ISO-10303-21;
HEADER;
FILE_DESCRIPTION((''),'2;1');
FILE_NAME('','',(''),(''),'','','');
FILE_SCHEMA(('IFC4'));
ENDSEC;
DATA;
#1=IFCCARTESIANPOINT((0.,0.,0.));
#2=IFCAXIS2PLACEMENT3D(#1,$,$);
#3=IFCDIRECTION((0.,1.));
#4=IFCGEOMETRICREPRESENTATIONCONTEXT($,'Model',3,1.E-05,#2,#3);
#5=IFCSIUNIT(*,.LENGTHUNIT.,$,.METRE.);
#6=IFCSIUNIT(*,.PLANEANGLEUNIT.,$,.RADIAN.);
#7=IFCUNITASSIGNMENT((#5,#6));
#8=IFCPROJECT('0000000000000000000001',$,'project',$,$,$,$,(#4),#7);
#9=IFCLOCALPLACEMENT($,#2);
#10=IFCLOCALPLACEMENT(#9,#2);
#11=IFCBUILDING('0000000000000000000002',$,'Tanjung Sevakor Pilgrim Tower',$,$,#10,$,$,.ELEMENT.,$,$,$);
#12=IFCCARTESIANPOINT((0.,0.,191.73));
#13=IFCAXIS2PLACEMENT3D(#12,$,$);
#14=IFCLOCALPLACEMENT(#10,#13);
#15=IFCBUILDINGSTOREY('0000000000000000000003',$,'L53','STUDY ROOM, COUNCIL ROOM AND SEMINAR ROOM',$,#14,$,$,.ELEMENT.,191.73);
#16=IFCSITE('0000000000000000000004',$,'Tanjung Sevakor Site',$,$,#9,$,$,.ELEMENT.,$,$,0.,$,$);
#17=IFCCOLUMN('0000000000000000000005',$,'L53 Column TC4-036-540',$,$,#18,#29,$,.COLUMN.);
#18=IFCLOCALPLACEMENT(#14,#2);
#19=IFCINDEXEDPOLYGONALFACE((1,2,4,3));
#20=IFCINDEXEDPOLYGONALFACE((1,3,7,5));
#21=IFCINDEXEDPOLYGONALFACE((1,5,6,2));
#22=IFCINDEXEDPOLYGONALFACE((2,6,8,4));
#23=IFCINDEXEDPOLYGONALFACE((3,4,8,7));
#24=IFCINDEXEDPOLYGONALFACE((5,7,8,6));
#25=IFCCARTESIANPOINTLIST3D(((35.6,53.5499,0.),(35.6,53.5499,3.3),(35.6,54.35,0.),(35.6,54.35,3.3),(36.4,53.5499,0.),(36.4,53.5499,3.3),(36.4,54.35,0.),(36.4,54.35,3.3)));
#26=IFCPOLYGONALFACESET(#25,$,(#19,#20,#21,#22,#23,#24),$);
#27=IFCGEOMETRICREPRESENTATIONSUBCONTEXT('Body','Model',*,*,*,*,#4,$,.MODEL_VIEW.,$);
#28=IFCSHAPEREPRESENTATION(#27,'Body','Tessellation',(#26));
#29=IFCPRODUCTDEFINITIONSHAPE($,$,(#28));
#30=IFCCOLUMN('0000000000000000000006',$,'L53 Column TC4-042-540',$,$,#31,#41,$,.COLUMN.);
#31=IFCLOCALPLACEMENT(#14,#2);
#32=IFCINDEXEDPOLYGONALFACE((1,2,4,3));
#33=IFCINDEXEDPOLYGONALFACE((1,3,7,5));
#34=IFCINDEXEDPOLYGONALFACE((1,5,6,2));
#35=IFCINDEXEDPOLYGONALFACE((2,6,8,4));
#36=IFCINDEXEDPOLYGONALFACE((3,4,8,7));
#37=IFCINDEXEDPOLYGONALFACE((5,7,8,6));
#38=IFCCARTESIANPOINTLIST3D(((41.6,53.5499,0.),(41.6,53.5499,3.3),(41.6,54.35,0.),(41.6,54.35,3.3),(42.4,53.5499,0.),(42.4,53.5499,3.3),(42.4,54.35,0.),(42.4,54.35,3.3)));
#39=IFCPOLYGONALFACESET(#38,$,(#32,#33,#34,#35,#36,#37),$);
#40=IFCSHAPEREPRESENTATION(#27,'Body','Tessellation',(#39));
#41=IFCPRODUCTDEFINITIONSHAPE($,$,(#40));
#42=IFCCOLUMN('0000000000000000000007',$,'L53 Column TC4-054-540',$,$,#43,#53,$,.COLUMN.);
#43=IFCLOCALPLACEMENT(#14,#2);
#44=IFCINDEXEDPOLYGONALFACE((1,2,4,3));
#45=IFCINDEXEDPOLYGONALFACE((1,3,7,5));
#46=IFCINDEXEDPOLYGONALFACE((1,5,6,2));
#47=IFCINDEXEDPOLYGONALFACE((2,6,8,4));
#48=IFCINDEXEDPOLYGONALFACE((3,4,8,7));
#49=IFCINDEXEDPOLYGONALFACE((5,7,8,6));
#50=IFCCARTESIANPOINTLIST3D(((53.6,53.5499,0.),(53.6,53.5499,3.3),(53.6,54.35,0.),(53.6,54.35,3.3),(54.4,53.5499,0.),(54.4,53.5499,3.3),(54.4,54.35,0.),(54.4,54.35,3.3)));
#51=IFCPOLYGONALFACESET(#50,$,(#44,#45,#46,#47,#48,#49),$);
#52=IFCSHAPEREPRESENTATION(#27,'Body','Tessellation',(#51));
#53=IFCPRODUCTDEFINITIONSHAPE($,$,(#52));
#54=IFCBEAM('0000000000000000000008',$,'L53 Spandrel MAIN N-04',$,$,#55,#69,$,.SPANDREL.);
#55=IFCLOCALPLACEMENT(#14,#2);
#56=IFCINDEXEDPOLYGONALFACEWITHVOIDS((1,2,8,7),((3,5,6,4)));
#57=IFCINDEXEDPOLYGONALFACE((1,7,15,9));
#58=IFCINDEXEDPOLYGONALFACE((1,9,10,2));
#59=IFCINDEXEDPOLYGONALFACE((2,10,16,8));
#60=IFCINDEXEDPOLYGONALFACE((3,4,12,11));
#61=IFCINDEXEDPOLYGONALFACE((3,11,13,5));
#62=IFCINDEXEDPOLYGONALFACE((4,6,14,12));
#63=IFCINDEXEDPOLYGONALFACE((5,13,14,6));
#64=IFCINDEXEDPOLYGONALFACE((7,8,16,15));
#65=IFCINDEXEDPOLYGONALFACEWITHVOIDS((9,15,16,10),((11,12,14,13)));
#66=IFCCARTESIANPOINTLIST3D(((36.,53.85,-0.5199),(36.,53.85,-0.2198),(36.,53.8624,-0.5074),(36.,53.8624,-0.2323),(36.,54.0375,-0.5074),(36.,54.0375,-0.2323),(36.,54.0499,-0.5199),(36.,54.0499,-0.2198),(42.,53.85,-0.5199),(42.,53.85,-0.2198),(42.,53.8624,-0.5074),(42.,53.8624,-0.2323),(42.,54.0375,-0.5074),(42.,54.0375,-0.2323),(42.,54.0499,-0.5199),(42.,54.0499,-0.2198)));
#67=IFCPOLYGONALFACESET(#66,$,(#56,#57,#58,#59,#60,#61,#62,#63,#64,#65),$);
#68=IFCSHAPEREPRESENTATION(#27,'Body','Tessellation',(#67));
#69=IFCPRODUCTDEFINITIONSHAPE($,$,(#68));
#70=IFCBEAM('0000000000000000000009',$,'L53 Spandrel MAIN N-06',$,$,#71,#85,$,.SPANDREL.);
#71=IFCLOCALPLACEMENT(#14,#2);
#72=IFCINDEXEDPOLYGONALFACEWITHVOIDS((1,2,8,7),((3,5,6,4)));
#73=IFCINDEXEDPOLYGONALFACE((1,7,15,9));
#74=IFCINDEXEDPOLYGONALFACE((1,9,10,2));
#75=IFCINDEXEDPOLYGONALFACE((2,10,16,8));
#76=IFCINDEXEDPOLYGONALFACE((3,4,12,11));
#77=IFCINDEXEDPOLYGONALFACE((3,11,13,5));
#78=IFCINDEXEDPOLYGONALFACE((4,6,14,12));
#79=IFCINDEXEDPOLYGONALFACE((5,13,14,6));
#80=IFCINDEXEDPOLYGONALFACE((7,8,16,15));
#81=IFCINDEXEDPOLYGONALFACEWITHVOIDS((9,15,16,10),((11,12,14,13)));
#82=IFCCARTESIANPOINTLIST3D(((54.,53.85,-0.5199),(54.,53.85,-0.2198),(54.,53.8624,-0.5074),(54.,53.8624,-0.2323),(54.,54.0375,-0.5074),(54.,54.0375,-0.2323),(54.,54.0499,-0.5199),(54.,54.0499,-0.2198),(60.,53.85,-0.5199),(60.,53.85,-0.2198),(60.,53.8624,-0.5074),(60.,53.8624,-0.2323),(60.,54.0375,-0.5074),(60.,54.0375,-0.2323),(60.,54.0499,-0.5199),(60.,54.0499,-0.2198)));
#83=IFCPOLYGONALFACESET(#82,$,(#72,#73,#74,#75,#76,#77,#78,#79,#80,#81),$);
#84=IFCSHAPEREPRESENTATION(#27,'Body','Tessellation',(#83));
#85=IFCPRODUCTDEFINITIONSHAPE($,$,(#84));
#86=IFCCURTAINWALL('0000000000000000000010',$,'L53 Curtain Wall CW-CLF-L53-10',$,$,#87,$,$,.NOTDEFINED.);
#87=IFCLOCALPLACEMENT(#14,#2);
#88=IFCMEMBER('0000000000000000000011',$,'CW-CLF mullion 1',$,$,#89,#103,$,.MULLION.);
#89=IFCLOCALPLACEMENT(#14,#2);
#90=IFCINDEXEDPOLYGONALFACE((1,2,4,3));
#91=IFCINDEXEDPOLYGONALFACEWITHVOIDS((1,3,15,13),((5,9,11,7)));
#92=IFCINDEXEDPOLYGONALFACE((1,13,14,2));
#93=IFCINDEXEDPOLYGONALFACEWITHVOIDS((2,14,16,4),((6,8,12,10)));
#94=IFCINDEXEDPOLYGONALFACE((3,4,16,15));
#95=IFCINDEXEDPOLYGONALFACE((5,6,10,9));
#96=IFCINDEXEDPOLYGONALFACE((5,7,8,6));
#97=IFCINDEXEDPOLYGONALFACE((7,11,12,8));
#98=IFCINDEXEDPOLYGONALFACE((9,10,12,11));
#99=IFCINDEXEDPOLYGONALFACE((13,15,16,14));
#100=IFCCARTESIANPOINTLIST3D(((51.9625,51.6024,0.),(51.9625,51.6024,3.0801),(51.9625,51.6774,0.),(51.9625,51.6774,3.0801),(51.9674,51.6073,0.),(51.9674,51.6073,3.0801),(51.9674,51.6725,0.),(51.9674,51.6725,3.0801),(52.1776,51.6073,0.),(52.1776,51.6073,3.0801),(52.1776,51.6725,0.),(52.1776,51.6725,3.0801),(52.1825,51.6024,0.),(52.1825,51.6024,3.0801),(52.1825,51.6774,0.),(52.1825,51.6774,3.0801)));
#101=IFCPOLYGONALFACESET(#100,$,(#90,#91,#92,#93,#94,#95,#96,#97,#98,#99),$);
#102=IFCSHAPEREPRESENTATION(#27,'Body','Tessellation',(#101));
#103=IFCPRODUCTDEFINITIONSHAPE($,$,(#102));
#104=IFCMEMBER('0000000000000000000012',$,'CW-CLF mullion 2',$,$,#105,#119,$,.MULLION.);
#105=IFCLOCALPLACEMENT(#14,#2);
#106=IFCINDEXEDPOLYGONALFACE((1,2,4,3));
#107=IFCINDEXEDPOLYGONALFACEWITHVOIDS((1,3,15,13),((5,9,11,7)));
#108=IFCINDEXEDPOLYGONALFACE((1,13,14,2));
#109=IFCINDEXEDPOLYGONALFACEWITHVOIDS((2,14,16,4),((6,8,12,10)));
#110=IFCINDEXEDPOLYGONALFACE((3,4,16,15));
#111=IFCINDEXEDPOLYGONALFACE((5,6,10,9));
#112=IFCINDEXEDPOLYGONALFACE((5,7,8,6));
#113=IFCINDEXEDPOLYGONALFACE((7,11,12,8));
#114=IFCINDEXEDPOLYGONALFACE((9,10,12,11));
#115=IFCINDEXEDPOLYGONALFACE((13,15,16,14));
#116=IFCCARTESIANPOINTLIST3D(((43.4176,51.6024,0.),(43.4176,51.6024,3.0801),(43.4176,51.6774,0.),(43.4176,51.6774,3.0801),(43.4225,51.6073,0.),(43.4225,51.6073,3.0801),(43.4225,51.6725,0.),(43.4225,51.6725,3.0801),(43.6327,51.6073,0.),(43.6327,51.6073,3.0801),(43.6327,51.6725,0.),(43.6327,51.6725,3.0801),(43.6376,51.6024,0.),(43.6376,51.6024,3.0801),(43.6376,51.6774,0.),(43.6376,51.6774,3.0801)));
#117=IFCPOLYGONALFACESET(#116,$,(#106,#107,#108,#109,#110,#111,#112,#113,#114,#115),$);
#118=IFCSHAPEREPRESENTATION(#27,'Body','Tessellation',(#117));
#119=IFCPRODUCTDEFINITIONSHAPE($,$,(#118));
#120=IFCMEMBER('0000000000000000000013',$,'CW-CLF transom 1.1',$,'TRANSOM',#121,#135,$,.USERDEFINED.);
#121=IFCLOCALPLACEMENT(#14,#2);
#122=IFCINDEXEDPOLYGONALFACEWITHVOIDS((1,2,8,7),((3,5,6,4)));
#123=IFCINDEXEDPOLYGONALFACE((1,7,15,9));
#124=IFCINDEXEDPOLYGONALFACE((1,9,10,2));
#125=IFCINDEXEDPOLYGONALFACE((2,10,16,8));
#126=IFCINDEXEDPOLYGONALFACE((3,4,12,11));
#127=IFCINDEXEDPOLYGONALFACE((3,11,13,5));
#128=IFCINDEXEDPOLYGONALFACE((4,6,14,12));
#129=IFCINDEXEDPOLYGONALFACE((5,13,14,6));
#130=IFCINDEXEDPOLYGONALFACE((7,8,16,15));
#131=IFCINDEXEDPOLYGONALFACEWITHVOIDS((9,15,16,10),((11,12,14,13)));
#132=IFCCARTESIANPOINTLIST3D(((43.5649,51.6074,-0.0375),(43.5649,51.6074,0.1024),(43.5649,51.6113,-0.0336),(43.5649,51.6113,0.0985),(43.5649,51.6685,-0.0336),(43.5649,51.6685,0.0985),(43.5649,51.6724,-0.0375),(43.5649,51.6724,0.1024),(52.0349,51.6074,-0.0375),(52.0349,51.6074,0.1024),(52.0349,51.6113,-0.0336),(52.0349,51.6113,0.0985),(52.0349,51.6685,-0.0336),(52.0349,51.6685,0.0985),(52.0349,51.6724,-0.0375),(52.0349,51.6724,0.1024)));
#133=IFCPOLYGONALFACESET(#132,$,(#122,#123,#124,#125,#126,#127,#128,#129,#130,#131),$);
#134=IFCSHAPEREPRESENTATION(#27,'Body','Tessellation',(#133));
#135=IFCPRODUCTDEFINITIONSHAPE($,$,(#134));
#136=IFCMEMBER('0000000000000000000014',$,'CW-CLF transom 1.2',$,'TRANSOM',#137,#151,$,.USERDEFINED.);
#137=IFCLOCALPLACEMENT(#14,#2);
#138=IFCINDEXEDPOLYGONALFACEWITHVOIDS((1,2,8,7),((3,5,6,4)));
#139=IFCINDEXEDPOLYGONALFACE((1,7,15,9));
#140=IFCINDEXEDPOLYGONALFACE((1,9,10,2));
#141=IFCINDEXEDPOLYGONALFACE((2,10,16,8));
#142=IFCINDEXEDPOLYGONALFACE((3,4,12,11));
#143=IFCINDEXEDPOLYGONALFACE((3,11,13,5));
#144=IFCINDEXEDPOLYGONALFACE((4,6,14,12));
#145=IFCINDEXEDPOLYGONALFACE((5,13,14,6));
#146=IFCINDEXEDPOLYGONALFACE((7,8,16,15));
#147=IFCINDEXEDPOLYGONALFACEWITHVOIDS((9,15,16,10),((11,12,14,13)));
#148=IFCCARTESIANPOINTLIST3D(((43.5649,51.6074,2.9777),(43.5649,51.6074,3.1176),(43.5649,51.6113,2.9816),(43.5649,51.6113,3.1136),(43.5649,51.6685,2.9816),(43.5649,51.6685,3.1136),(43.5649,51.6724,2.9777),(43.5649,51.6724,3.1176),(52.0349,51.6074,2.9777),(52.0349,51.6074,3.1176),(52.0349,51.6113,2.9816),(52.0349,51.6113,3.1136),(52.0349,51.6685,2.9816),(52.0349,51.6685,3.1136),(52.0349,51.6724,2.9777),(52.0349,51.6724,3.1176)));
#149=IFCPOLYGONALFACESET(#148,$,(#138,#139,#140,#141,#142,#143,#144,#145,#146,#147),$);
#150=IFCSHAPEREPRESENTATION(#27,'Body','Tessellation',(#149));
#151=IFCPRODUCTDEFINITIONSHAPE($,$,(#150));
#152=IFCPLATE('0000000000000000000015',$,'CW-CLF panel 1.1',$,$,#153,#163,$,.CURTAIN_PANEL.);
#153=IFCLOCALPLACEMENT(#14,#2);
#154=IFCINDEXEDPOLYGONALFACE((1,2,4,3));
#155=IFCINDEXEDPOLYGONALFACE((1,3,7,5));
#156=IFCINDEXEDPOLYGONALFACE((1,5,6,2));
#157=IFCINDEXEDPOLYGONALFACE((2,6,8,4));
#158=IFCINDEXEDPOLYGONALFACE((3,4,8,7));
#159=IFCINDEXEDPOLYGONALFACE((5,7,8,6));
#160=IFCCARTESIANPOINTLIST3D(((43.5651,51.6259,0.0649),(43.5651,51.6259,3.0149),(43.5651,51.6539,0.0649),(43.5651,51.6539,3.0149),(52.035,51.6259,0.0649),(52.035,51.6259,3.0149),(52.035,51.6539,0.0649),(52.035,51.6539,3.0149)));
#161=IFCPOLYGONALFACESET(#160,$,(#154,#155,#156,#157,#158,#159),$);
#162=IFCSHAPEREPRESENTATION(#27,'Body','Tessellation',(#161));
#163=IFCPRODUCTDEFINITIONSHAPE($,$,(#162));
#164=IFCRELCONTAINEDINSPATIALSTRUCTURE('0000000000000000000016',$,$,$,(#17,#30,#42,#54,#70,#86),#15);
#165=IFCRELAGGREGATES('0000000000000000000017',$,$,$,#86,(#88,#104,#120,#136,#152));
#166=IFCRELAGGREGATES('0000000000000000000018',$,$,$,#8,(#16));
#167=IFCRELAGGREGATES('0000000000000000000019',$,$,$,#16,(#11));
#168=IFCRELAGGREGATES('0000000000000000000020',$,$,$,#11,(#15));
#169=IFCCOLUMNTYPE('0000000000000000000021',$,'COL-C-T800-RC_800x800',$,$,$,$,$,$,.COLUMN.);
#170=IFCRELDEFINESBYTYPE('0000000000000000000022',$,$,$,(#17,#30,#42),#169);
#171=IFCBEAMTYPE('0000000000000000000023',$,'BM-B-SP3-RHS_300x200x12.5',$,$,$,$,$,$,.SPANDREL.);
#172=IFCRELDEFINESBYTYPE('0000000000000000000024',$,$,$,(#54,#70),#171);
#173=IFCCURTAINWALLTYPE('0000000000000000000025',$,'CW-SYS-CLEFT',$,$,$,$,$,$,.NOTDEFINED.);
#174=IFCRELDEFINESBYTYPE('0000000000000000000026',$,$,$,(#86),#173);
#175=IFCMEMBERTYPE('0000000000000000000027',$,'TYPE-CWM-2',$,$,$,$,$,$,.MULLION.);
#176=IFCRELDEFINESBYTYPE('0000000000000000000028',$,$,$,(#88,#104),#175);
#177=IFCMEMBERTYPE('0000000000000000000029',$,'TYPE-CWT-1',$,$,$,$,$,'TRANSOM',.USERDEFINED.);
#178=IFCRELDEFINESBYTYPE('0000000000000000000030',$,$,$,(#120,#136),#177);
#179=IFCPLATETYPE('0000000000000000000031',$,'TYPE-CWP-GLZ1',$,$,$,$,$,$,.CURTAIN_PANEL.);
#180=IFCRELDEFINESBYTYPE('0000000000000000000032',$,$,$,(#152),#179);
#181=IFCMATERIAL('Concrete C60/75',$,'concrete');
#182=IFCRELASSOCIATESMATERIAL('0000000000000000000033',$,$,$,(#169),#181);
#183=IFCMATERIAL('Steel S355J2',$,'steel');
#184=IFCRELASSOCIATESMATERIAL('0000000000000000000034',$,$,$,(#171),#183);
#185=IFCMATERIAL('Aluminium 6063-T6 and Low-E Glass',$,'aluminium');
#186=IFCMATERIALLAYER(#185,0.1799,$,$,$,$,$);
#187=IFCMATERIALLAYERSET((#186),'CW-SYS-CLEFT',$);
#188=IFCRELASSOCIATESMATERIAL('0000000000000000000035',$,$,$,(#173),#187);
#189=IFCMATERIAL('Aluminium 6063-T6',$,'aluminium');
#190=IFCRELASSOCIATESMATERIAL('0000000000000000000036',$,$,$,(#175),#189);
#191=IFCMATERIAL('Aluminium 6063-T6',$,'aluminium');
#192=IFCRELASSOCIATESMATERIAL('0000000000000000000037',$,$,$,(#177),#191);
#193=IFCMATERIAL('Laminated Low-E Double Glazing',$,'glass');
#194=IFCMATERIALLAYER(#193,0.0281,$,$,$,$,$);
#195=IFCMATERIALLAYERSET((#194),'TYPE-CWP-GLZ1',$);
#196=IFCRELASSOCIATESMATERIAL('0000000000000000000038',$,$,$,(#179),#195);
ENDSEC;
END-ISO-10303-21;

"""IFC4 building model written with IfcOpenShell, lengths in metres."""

from ifc_helpers import new_model, si_unit, direction, frame, origin, origin_2d, place, context, subcontext, project, spatial, rectangle, hollow_rectangle, extrude, material, layer, layer_set, material_profile, profile_set, type_object, element, aggregate, save


model = new_model("IFC4")

# Units and contexts
model_context = context("Model", 3, precision=1e-05, world=origin(), true_north=direction((0.0, 1.0)))
body_context = subcontext(model_context, "Body", "Model", "MODEL_VIEW")
ifc_project = project(units=[si_unit("LENGTHUNIT", "METRE"), si_unit("PLANEANGLEUNIT", "RADIAN")], contexts=[model_context])

# Site, building, storey
site_placement = place(None, origin())
site = spatial("IfcSite", under=ifc_project, at=site_placement, Name="Tanjung Sevakor Site", CompositionType="ELEMENT", RefElevation=0.0)
building_placement = place(site_placement, origin())
building = spatial("IfcBuilding", under=site, at=building_placement, Name="Tanjung Sevakor Pilgrim Tower", CompositionType="ELEMENT")
storey_placement = place(building_placement, frame((0.0, 0.0, 191.73)))
storey = spatial("IfcBuildingStorey", under=building, at=storey_placement, Name="L53", Description="STUDY ROOM, COUNCIL ROOM AND SEMINAR ROOM", CompositionType="ELEMENT", Elevation=191.73)

# Columns
ifc_material_1 = material(Name="Concrete C60/75", Category="concrete")
ifc_material_profile_1 = material_profile(ifc_material_1, rectangle(XDim=0.8, YDim=0.8, at=origin_2d()))
ifc_profile_set_1 = profile_set([ifc_material_profile_1], Name="Concrete C60/75")
column_type = type_object("IfcColumnType", Name="COL-C-T800-RC_800x800", PredefinedType="COLUMN", material=ifc_profile_set_1)
for number, where, z_axis, x_axis, name in (
    (1, (36.0, 53.95, 0.0), (0.0, 0.0, 1.0), (1.0, 0.0, 0.0), "L53 Column TC4-036-540"),
    (2, (42.0, 53.95, 0.0), (0.0, 0.0, 1.0), (1.0, 0.0, 0.0), "L53 Column TC4-042-540"),
    (3, (54.0, 53.95, 0.0), (0.0, 0.0, 1.0), (1.0, 0.0, 0.0), "L53 Column TC4-054-540"),
):
    element("IfcColumn", number, at=place(storey_placement, frame(where, z_axis=z_axis, x_axis=x_axis)), inside=storey, type_object=column_type, Name=name, PredefinedType="COLUMN", context=body_context, shape_type="SweptSolid", body=[
        extrude(rectangle(XDim=0.8, YDim=0.8, at=origin_2d()), origin(), (0.0, 0.0, 1.0), 3.3),
    ])

# Beams
ifc_material_2 = material(Name="Steel S355J2", Category="steel")
ifc_material_profile_2 = material_profile(ifc_material_2, hollow_rectangle(XDim=0.2, YDim=0.3, WallThickness=0.0125, at=origin_2d()))
ifc_profile_set_2 = profile_set([ifc_material_profile_2], Name="Steel S355J2")
beam_type = type_object("IfcBeamType", Name="BM-B-SP3-RHS_300x200x12.5", PredefinedType="SPANDREL", material=ifc_profile_set_2)
for number, where, z_axis, x_axis, name in (
    (4, (36.0, 53.95, -0.3699), (1.0, 0.0, 0.0), (0.0, 1.0, 0.0), "L53 Spandrel MAIN N-04"),
    (5, (54.0, 53.95, -0.3699), (1.0, 0.0, 0.0), (0.0, 1.0, 0.0), "L53 Spandrel MAIN N-06"),
):
    element("IfcBeam", number, at=place(storey_placement, frame(where, z_axis=z_axis, x_axis=x_axis)), inside=storey, type_object=beam_type, Name=name, PredefinedType="SPANDREL", context=body_context, shape_type="SweptSolid", body=[
        extrude(hollow_rectangle(XDim=0.2, YDim=0.3, WallThickness=0.0125, at=origin_2d()), origin(), (0.0, 0.0, 1.0), 6.0),
    ])

# Curtain wall, members, plate
ifc_material_3 = material(Name="Aluminium 6063-T6 and Low-E Glass", Category="aluminium")
ifc_layer_1 = layer(ifc_material_3, 0.1799)
ifc_layer_set_1 = layer_set([ifc_layer_1], Name="CW-SYS-CLEFT")
curtain_wall_type = type_object("IfcCurtainWallType", Name="CW-SYS-CLEFT", PredefinedType="NOTDEFINED", material=ifc_layer_set_1)
curtain_wall_placement = place(storey_placement, origin())
curtain_wall = element("IfcCurtainWall", 6, at=curtain_wall_placement, inside=storey, type_object=curtain_wall_type, Name="L53 Curtain Wall CW-CLF-L53-10", PredefinedType="NOTDEFINED")
ifc_material_4 = material(Name="Aluminium 6063-T6", Category="aluminium")
ifc_material_profile_3 = material_profile(ifc_material_4, hollow_rectangle(XDim=0.075, YDim=0.22, WallThickness=0.0049, at=origin_2d()))
ifc_profile_set_3 = profile_set([ifc_material_profile_3], Name="Aluminium 6063-T6")
member_type_1 = type_object("IfcMemberType", Name="TYPE-CWM-2", PredefinedType="MULLION", material=ifc_profile_set_3)
member_1_placement = place(storey_placement, frame((52.0725, 51.6399, 0.0), z_axis=(0.0, 0.0, 1.0), x_axis=(0.0, -1.0, 0.0)))
member_1 = element("IfcMember", 7, at=member_1_placement, type_object=member_type_1, Name="CW-CLF mullion 1", PredefinedType="MULLION", context=body_context, shape_type="SweptSolid", body=[
    extrude(hollow_rectangle(XDim=0.075, YDim=0.22, WallThickness=0.0049, at=origin_2d()), origin(), (0.0, 0.0, 1.0), 3.0801),
])
member_2_placement = place(storey_placement, frame((43.5276, 51.6399, 0.0), z_axis=(0.0, 0.0, 1.0), x_axis=(0.0, -1.0, 0.0)))
member_2 = element("IfcMember", 8, at=member_2_placement, type_object=member_type_1, Name="CW-CLF mullion 2", PredefinedType="MULLION", context=body_context, shape_type="SweptSolid", body=[
    extrude(hollow_rectangle(XDim=0.075, YDim=0.22, WallThickness=0.0049, at=origin_2d()), origin(), (0.0, 0.0, 1.0), 3.0801),
])
ifc_material_5 = material(Name="Aluminium 6063-T6", Category="aluminium")
ifc_material_profile_4 = material_profile(ifc_material_5, hollow_rectangle(XDim=0.0649, YDim=0.1399, WallThickness=0.0039, at=origin_2d()))
ifc_profile_set_4 = profile_set([ifc_material_profile_4], Name="Aluminium 6063-T6")
member_type_2 = type_object("IfcMemberType", Name="TYPE-CWT-1", ElementType="TRANSOM", PredefinedType="USERDEFINED", material=ifc_profile_set_4)
member_3_placement = place(storey_placement, frame((52.0349, 51.6399, 0.0325), z_axis=(-1.0, 0.0, 0.0), x_axis=(0.0, -1.0, 0.0)))
member_3 = element("IfcMember", 9, at=member_3_placement, type_object=member_type_2, Name="CW-CLF transom 1.1", ObjectType="TRANSOM", PredefinedType="USERDEFINED", context=body_context, shape_type="SweptSolid", body=[
    extrude(hollow_rectangle(XDim=0.0649, YDim=0.1399, WallThickness=0.0039, at=origin_2d()), origin(), (0.0, 0.0, 1.0), 8.47),
])
member_4_placement = place(storey_placement, frame((52.0349, 51.6399, 3.0476), z_axis=(-1.0, 0.0, 0.0), x_axis=(0.0, -1.0, 0.0)))
member_4 = element("IfcMember", 10, at=member_4_placement, type_object=member_type_2, Name="CW-CLF transom 1.2", ObjectType="TRANSOM", PredefinedType="USERDEFINED", context=body_context, shape_type="SweptSolid", body=[
    extrude(hollow_rectangle(XDim=0.0649, YDim=0.1399, WallThickness=0.0039, at=origin_2d()), origin(), (0.0, 0.0, 1.0), 8.47),
])
ifc_material_6 = material(Name="Laminated Low-E Double Glazing", Category="glass")
ifc_layer_2 = layer(ifc_material_6, 0.0281)
ifc_layer_set_2 = layer_set([ifc_layer_2], Name="TYPE-CWP-GLZ1")
plate_type = type_object("IfcPlateType", Name="TYPE-CWP-GLZ1", PredefinedType="CURTAIN_PANEL", material=ifc_layer_set_2)
plate_placement = place(storey_placement, frame((47.8, 51.6399, 0.0649), z_axis=(0.0, 0.0, 1.0), x_axis=(-1.0, 0.0, 0.0)))
plate = element("IfcPlate", 11, at=plate_placement, type_object=plate_type, Name="CW-CLF panel 1.1", PredefinedType="CURTAIN_PANEL", context=body_context, shape_type="SweptSolid", body=[
    extrude(rectangle(XDim=8.47, YDim=0.0281, at=origin_2d()), origin(), (0.0, 0.0, 1.0), 2.95),
])
aggregate(curtain_wall, [member_1, member_2, member_3, member_4, plate])

save(model, "model.ifc")
